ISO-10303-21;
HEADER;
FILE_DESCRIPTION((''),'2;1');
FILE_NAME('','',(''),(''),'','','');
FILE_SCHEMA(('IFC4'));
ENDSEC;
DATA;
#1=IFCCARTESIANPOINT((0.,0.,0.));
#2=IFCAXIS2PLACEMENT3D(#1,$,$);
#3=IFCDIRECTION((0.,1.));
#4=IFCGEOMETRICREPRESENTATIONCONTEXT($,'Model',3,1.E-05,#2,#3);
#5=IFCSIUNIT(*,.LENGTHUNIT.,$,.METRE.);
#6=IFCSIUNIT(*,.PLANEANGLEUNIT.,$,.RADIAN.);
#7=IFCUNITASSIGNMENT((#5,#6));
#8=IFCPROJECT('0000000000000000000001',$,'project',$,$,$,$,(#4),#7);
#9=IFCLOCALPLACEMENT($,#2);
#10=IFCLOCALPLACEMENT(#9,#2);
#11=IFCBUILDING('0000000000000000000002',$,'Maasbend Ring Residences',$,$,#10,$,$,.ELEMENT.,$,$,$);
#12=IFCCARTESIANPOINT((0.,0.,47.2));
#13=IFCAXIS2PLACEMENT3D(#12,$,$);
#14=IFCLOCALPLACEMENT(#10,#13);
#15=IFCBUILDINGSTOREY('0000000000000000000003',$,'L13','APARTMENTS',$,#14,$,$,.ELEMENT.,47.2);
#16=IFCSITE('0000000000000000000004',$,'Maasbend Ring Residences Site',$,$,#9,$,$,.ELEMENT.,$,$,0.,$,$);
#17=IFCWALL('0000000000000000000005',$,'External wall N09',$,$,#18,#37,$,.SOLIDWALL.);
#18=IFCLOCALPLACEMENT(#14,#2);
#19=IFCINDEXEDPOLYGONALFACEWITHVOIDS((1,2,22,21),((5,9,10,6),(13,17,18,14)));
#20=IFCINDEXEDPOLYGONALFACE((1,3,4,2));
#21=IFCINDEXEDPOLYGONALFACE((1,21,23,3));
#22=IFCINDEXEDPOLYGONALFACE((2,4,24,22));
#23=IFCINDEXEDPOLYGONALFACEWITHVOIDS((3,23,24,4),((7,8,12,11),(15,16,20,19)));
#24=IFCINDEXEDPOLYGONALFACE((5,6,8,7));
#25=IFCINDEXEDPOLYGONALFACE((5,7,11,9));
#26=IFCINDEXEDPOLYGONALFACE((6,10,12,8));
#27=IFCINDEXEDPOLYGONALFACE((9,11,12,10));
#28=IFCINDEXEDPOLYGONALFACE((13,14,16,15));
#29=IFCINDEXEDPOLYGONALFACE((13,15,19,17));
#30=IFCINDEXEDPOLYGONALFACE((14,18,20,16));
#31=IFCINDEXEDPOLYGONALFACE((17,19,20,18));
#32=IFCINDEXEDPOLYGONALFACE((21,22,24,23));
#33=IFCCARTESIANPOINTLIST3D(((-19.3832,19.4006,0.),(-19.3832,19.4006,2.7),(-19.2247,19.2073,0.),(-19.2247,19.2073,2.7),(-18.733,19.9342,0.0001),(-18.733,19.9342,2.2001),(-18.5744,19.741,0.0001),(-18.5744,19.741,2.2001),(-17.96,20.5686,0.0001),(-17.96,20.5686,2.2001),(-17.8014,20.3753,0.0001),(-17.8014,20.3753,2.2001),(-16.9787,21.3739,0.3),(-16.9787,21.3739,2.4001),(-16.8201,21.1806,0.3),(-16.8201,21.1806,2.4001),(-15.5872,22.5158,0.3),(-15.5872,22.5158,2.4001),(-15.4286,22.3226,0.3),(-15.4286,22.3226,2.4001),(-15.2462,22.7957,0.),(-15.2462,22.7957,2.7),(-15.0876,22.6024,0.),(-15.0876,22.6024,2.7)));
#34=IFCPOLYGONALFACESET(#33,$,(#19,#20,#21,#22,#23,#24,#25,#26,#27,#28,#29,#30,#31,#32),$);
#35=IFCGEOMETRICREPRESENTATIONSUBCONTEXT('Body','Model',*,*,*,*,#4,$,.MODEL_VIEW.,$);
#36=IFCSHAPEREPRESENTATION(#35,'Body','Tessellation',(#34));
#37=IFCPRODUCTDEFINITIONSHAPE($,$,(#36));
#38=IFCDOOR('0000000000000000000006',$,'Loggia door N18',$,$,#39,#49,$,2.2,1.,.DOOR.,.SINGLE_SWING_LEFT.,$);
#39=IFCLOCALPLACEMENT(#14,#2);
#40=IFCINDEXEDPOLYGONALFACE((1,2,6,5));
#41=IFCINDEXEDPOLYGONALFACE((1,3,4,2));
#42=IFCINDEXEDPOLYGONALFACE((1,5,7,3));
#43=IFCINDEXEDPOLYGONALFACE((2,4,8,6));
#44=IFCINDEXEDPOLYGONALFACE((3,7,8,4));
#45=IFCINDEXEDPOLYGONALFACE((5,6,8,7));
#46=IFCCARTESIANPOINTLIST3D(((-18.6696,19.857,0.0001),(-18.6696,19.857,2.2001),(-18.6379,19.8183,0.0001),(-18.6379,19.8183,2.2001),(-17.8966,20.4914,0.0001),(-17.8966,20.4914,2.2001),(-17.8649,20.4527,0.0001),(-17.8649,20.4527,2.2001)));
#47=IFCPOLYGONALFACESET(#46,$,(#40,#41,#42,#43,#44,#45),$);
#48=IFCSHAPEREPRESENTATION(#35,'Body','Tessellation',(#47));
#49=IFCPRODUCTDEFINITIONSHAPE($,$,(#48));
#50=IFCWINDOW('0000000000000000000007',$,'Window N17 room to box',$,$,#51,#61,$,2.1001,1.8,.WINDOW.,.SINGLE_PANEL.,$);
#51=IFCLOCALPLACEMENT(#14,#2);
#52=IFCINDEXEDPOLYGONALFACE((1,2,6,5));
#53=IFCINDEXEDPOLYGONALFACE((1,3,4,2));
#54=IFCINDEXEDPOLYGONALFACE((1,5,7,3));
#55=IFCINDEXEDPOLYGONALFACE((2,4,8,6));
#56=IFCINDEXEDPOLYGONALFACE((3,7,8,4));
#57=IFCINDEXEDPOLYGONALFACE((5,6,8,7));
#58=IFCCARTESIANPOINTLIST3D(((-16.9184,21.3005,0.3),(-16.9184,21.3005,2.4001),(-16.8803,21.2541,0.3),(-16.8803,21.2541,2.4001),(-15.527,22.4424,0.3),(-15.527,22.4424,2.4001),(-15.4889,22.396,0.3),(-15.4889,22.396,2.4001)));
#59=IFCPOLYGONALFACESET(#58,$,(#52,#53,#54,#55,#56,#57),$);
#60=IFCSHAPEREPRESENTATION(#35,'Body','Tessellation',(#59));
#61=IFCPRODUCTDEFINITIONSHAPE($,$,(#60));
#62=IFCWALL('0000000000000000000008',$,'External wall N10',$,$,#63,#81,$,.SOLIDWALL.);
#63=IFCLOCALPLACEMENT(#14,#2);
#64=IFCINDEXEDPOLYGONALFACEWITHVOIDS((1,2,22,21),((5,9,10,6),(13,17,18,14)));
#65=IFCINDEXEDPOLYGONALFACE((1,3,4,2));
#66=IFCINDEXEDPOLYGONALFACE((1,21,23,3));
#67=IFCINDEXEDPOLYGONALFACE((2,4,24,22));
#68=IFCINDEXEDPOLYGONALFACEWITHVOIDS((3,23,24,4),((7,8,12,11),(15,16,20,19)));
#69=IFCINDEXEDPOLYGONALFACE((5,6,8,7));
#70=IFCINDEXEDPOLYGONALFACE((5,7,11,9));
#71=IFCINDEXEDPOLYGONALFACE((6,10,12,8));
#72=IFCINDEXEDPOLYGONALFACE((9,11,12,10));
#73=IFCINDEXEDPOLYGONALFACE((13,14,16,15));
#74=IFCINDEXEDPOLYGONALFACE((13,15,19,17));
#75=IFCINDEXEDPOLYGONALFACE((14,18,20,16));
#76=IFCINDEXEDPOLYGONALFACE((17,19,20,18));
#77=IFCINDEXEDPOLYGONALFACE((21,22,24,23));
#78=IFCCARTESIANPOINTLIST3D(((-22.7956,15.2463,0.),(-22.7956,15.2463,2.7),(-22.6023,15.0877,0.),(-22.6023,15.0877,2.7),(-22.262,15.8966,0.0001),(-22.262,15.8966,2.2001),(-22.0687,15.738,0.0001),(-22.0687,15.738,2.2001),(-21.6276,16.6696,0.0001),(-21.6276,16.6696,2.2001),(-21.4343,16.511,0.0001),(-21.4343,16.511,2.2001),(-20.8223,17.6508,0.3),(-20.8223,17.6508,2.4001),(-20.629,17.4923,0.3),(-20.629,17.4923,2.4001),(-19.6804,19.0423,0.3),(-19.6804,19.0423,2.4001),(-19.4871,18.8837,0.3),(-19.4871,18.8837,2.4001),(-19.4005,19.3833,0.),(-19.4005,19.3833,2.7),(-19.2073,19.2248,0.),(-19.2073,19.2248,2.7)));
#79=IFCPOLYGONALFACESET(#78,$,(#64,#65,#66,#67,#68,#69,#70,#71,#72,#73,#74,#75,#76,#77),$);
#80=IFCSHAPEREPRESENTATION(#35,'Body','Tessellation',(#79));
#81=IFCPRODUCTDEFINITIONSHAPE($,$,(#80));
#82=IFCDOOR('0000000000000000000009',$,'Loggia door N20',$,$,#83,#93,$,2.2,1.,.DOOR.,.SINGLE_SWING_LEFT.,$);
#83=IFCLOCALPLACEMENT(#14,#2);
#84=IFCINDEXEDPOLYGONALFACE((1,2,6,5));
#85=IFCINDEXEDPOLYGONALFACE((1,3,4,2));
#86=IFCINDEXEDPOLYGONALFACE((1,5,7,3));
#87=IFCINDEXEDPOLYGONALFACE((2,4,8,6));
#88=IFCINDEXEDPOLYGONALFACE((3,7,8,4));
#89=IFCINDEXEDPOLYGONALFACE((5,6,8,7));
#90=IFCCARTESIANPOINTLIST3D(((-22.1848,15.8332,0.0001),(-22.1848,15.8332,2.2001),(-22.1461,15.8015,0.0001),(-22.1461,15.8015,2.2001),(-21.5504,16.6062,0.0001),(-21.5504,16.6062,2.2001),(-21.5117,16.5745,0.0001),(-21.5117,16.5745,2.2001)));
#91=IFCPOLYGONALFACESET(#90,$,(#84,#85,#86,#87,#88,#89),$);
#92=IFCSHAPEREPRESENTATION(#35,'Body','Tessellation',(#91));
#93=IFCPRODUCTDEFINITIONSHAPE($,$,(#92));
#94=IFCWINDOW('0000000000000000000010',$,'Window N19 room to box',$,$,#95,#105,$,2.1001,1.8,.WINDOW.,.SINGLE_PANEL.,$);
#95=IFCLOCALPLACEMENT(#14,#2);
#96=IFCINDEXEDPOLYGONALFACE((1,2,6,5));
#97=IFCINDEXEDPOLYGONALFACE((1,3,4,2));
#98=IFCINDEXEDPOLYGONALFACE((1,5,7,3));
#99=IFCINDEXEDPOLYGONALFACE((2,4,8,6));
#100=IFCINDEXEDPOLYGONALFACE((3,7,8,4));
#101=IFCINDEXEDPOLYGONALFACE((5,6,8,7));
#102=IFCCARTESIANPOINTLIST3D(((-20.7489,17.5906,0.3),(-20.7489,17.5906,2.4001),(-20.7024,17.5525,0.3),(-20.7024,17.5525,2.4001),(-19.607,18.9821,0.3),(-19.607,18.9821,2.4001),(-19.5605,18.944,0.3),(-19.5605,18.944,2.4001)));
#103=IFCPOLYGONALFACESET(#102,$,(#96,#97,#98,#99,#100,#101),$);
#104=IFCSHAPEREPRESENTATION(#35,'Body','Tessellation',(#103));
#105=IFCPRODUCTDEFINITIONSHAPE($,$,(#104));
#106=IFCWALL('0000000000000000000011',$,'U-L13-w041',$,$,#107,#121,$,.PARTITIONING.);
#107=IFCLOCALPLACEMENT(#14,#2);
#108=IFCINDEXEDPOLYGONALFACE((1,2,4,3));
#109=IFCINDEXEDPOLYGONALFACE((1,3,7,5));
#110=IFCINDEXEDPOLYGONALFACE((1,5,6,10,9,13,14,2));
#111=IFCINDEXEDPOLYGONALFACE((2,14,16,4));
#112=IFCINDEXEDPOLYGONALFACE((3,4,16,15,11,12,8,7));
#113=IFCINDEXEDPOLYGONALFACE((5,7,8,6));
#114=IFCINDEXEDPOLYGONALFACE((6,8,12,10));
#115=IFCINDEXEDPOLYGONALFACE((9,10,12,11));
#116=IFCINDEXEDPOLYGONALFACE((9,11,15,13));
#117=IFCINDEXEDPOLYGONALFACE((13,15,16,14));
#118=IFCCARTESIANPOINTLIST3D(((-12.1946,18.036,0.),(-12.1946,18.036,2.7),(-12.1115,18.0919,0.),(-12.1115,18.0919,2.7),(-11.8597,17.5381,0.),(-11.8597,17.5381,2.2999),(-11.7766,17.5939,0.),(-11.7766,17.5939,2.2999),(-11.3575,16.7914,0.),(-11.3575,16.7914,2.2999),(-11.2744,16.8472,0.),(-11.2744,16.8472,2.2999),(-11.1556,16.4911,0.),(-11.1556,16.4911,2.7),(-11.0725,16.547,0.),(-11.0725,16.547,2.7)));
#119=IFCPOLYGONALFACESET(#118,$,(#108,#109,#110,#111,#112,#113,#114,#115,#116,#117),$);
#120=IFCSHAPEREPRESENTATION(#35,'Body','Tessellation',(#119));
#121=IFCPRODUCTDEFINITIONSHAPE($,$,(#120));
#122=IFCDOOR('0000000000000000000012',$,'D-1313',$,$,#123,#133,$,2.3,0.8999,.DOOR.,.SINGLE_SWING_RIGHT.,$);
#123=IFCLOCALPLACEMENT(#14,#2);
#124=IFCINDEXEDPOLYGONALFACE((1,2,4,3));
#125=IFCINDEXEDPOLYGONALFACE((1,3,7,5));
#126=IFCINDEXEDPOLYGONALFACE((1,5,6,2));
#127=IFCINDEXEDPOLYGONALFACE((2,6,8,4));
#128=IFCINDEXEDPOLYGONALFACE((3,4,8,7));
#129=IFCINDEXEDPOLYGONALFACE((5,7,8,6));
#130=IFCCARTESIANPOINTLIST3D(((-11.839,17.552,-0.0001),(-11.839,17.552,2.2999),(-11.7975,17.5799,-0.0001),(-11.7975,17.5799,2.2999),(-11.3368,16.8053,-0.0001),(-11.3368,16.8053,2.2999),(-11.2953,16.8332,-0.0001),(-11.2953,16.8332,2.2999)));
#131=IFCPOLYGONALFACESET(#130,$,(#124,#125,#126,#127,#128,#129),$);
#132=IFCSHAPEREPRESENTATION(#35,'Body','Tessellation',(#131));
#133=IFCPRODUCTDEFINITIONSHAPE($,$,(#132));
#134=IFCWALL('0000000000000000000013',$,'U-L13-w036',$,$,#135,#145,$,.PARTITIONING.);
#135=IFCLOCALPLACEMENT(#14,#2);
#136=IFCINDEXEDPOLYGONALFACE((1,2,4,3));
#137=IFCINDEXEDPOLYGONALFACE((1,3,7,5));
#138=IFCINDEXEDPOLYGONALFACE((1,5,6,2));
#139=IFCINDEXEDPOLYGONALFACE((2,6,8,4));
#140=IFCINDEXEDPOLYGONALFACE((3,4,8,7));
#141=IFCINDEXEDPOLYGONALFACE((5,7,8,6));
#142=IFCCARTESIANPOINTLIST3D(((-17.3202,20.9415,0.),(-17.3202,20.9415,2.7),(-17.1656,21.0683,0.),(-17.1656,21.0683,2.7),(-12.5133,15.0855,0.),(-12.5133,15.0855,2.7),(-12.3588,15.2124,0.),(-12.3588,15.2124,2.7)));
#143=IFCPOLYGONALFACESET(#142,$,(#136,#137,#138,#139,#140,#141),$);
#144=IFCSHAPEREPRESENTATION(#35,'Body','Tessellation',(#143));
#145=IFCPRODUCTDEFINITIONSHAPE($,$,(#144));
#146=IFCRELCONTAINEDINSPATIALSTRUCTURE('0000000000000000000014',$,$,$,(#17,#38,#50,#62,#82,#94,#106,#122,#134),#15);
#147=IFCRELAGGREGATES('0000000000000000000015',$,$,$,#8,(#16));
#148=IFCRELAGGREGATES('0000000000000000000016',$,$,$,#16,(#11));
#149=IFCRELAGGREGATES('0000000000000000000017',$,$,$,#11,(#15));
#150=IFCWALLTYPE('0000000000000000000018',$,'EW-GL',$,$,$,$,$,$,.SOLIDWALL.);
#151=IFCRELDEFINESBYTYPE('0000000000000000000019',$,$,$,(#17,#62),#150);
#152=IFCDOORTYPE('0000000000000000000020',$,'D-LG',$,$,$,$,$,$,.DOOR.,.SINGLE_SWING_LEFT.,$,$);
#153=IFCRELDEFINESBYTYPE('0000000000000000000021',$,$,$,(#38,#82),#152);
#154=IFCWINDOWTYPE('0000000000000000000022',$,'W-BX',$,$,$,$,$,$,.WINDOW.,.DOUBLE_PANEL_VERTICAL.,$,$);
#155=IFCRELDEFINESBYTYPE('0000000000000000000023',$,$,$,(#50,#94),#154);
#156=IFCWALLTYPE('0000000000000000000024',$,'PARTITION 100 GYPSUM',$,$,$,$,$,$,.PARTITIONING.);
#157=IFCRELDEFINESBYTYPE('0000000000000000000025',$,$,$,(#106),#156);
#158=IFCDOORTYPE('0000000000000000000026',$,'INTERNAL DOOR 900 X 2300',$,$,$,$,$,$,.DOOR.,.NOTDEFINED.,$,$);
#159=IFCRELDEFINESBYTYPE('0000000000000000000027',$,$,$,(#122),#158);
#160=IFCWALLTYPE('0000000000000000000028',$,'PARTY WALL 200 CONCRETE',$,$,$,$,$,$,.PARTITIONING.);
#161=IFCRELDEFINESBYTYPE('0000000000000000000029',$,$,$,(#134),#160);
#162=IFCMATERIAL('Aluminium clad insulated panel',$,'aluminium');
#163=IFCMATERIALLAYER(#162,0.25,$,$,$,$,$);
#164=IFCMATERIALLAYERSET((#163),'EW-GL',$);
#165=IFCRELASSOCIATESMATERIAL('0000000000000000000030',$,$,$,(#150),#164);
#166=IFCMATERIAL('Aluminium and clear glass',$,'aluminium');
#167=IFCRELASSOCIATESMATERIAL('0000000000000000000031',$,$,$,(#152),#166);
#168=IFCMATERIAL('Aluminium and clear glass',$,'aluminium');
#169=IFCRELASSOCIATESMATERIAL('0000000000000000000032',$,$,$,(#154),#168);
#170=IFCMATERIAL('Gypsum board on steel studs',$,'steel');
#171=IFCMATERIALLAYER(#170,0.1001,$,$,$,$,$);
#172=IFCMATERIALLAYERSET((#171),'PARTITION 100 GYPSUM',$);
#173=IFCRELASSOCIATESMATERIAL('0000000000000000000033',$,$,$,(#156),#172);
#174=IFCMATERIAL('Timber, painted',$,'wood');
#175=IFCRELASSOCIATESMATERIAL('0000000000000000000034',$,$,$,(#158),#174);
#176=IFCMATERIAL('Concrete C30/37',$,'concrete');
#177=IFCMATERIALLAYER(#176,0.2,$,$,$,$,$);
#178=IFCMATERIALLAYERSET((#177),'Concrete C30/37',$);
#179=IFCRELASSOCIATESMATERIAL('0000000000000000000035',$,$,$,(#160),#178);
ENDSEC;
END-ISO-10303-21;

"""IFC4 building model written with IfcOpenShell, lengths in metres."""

from ifc_helpers import new_model, si_unit, direction, frame, frame_2d, origin, place, context, subcontext, project, spatial, rectangle, extrude, material, layer, layer_set, type_object, element, fill, save


model = new_model("IFC4")

# Units and contexts
model_context = context("Model", 3, precision=1e-05, world=origin(), true_north=direction((0.0, 1.0)))
body_context = subcontext(model_context, "Body", "Model", "MODEL_VIEW")
ifc_project = project(units=[si_unit("LENGTHUNIT", "METRE"), si_unit("PLANEANGLEUNIT", "RADIAN")], contexts=[model_context])

# Site, building, storey
site_placement = place(None, origin())
site = spatial("IfcSite", under=ifc_project, at=site_placement, Name="Maasbend Ring Residences Site", CompositionType="ELEMENT", RefElevation=0.0)
building_placement = place(site_placement, origin())
building = spatial("IfcBuilding", under=site, at=building_placement, Name="Maasbend Ring Residences", CompositionType="ELEMENT")
storey_placement = place(building_placement, frame((0.0, 0.0, 47.2)))
storey = spatial("IfcBuildingStorey", under=building, at=storey_placement, Name="L13", Description="APARTMENTS", CompositionType="ELEMENT", Elevation=47.2)

# Walls, openings, doors, windows
ifc_material_1 = material(Name="Aluminium clad insulated panel", Category="aluminium")
ifc_layer_1 = layer(ifc_material_1, 0.25)
ifc_layer_set_1 = layer_set([ifc_layer_1], Name="EW-GL")
wall_type_1 = type_object("IfcWallType", Name="EW-GL", PredefinedType="SOLIDWALL", material=ifc_layer_set_1)
wall_1_placement = place(storey_placement, frame((-15.167, 22.699, 0.0), z_axis=(0.0, 0.0, 1.0), x_axis=(-0.773019, -0.634382, 0.0)))
wall_1 = element("IfcWall", 1, at=wall_1_placement, inside=storey, type_object=wall_type_1, Name="External wall N09", PredefinedType="SOLIDWALL", context=body_context, shape_type="SweptSolid", body=[
    extrude(rectangle(XDim=5.3518, YDim=0.25, at=frame_2d((2.6758, 0.0))), origin(), (0.0, 0.0, 1.0), 2.7),
])
opening_1_placement = place(wall_1_placement, frame((0.4412, 0.0, 0.3)))
opening_1 = element("IfcOpeningElement", 2, at=opening_1_placement, cuts=wall_1, PredefinedType="OPENING", context=body_context, shape_type="SweptSolid", body=[
    extrude(rectangle(XDim=1.8, YDim=2.1001, at=frame_2d((0.8999, 1.05))), frame((0.0, 0.135, 0.0), z_axis=(0.0, -1.0, 0.0), x_axis=(1.0, 0.0, 0.0)), (0.0, 0.0, 1.0), 0.27),
])
opening_2_placement = place(wall_1_placement, frame((3.5105, 0.0, 0.0)))
opening_2 = element("IfcOpeningElement", 3, at=opening_2_placement, cuts=wall_1, PredefinedType="OPENING", context=body_context, shape_type="SweptSolid", body=[
    extrude(rectangle(XDim=1.0, YDim=2.2, at=frame_2d((0.5, 1.1001))), frame((0.0, 0.135, 0.0), z_axis=(0.0, -1.0, 0.0), x_axis=(1.0, 0.0, 0.0)), (0.0, 0.0, 1.0), 0.27),
])
ifc_material_2 = material(Name="Aluminium and clear glass", Category="aluminium")
door_type_1 = type_object("IfcDoorType", Name="D-LG", OperationType="SINGLE_SWING_LEFT", PredefinedType="DOOR", material=ifc_material_2)
door_1_placement = place(opening_2_placement, origin())
door_1 = element("IfcDoor", 4, at=door_1_placement, inside=storey, type_object=door_type_1, Name="Loggia door N18", OperationType="SINGLE_SWING_LEFT", OverallHeight=2.2, OverallWidth=1.0, PredefinedType="DOOR", context=body_context, shape_type="SweptSolid", body=[
    extrude(rectangle(XDim=1.0, YDim=2.2, at=frame_2d((0.5, 1.1001))), frame((0.0, 0.0249, 0.0), z_axis=(0.0, -1.0, 0.0), x_axis=(1.0, 0.0, 0.0)), (0.0, 0.0, 1.0), 0.05),
])
fill(opening_2, door_1)
ifc_material_3 = material(Name="Aluminium and clear glass", Category="aluminium")
window_type_1 = type_object("IfcWindowType", Name="W-BX", PartitioningType="DOUBLE_PANEL_VERTICAL", PredefinedType="WINDOW", material=ifc_material_3)
window_1_placement = place(opening_1_placement, origin())
window_1 = element("IfcWindow", 5, at=window_1_placement, inside=storey, type_object=window_type_1, Name="Window N17 room to box", OverallHeight=2.1001, OverallWidth=1.8, PartitioningType="SINGLE_PANEL", PredefinedType="WINDOW", context=body_context, shape_type="SweptSolid", body=[
    extrude(rectangle(XDim=1.8, YDim=2.1001, at=frame_2d((0.8999, 1.05))), frame((0.0, 0.03, 0.0), z_axis=(0.0, -1.0, 0.0), x_axis=(1.0, 0.0, 0.0)), (0.0, 0.0, 1.0), 0.0601),
])
fill(opening_1, window_1)
wall_2_placement = place(storey_placement, frame((-19.304, 19.304, 0.0), z_axis=(0.0, 0.0, 1.0), x_axis=(-0.634382, -0.773019, 0.0)))
wall_2 = element("IfcWall", 6, at=wall_2_placement, inside=storey, type_object=wall_type_1, Name="External wall N10", PredefinedType="SOLIDWALL", context=body_context, shape_type="SweptSolid", body=[
    extrude(rectangle(XDim=5.3518, YDim=0.25, at=frame_2d((2.6758, 0.0))), origin(), (0.0, 0.0, 1.0), 2.7),
])
opening_3_placement = place(wall_2_placement, frame((0.4412, 0.0, 0.3)))
opening_3 = element("IfcOpeningElement", 7, at=opening_3_placement, cuts=wall_2, PredefinedType="OPENING", context=body_context, shape_type="SweptSolid", body=[
    extrude(rectangle(XDim=1.8, YDim=2.1001, at=frame_2d((0.8999, 1.05))), frame((0.0, 0.135, 0.0), z_axis=(0.0, -1.0, 0.0), x_axis=(1.0, 0.0, 0.0)), (0.0, 0.0, 1.0), 0.27),
])
opening_4_placement = place(wall_2_placement, frame((3.5105, 0.0, 0.0)))
opening_4 = element("IfcOpeningElement", 8, at=opening_4_placement, cuts=wall_2, PredefinedType="OPENING", context=body_context, shape_type="SweptSolid", body=[
    extrude(rectangle(XDim=1.0, YDim=2.2, at=frame_2d((0.5, 1.1001))), frame((0.0, 0.135, 0.0), z_axis=(0.0, -1.0, 0.0), x_axis=(1.0, 0.0, 0.0)), (0.0, 0.0, 1.0), 0.27),
])
door_2_placement = place(opening_4_placement, origin())
door_2 = element("IfcDoor", 9, at=door_2_placement, inside=storey, type_object=door_type_1, Name="Loggia door N20", OperationType="SINGLE_SWING_LEFT", OverallHeight=2.2, OverallWidth=1.0, PredefinedType="DOOR", context=body_context, shape_type="SweptSolid", body=[
    extrude(rectangle(XDim=1.0, YDim=2.2, at=frame_2d((0.5, 1.1001))), frame((0.0, 0.0249, 0.0), z_axis=(0.0, -1.0, 0.0), x_axis=(1.0, 0.0, 0.0)), (0.0, 0.0, 1.0), 0.05),
])
fill(opening_4, door_2)
window_2_placement = place(opening_3_placement, origin())
window_2 = element("IfcWindow", 10, at=window_2_placement, inside=storey, type_object=window_type_1, Name="Window N19 room to box", OverallHeight=2.1001, OverallWidth=1.8, PartitioningType="SINGLE_PANEL", PredefinedType="WINDOW", context=body_context, shape_type="SweptSolid", body=[
    extrude(rectangle(XDim=1.8, YDim=2.1001, at=frame_2d((0.8999, 1.05))), frame((0.0, 0.03, 0.0), z_axis=(0.0, -1.0, 0.0), x_axis=(1.0, 0.0, 0.0)), (0.0, 0.0, 1.0), 0.0601),
])
fill(opening_3, window_2)

# Wall, opening, door
ifc_material_4 = material(Name="Gypsum board on steel studs", Category="steel")
ifc_layer_2 = layer(ifc_material_4, 0.1001)
ifc_layer_set_2 = layer_set([ifc_layer_2], Name="PARTITION 100 GYPSUM")
wall_type_2 = type_object("IfcWallType", Name="PARTITION 100 GYPSUM", PredefinedType="PARTITIONING", material=ifc_layer_set_2)
wall_3_placement = place(storey_placement, frame((-12.1531, 18.064, 0.0), z_axis=(0.0, 0.0, 1.0), x_axis=(0.558085, -0.829784, 0.0)))
wall_3 = element("IfcWall", 11, at=wall_3_placement, inside=storey, type_object=wall_type_2, Name="U-L13-w041", PredefinedType="PARTITIONING", context=body_context, shape_type="SweptSolid", body=[
    extrude(rectangle(XDim=1.8618, YDim=0.1001, at=frame_2d((0.9309, 0.0))), origin(), (0.0, 0.0, 1.0), 2.7),
])
opening_5_placement = place(wall_3_placement, frame((0.6001, 0.0, 0.0)))
opening_5 = element("IfcOpeningElement", 12, at=opening_5_placement, cuts=wall_3, PredefinedType="OPENING", context=body_context, shape_type="SweptSolid", body=[
    extrude(rectangle(XDim=0.8999, YDim=2.3, at=frame_2d((0.45, 1.1499))), frame((0.0, 0.0601, 0.0), z_axis=(0.0, -1.0, 0.0), x_axis=(1.0, 0.0, 0.0)), (0.0, 0.0, 1.0), 0.1201),
])
ifc_material_5 = material(Name="Timber, painted", Category="wood")
door_type_2 = type_object("IfcDoorType", Name="INTERNAL DOOR 900 X 2300", OperationType="NOTDEFINED", PredefinedType="DOOR", material=ifc_material_5)
door_3_placement = place(opening_5_placement, origin())
door_3 = element("IfcDoor", 13, at=door_3_placement, inside=storey, type_object=door_type_2, Name="D-1313", OperationType="SINGLE_SWING_RIGHT", OverallHeight=2.3, OverallWidth=0.8999, PredefinedType="DOOR", context=body_context, shape_type="SweptSolid", body=[
    extrude(rectangle(XDim=0.8999, YDim=2.3, at=frame_2d((0.45, 1.1499))), frame((0.0, 0.0249, 0.0), z_axis=(0.0, -1.0, 0.0), x_axis=(1.0, 0.0, 0.0)), (0.0, 0.0, 1.0), 0.05),
])
fill(opening_5, door_3)

# Wall
ifc_material_6 = material(Name="Concrete C30/37", Category="concrete")
ifc_layer_3 = layer(ifc_material_6, 0.2)
ifc_layer_set_3 = layer_set([ifc_layer_3], Name="Concrete C30/37")
wall_type_3 = type_object("IfcWallType", Name="PARTY WALL 200 CONCRETE", PredefinedType="PARTITIONING", material=ifc_layer_set_3)
wall_4_placement = place(storey_placement, frame((-17.2429, 21.0049, 0.0), z_axis=(0.0, 0.0, 1.0), x_axis=(0.634474, -0.772944, 0.0)))
element("IfcWall", 14, at=wall_4_placement, inside=storey, type_object=wall_type_3, Name="U-L13-w036", PredefinedType="PARTITIONING", context=body_context, shape_type="SweptSolid", body=[
    extrude(rectangle(XDim=7.5762, YDim=0.2, at=frame_2d((3.7881, 0.0))), origin(), (0.0, 0.0, 1.0), 2.7),
])

save(model, "model.ifc")
